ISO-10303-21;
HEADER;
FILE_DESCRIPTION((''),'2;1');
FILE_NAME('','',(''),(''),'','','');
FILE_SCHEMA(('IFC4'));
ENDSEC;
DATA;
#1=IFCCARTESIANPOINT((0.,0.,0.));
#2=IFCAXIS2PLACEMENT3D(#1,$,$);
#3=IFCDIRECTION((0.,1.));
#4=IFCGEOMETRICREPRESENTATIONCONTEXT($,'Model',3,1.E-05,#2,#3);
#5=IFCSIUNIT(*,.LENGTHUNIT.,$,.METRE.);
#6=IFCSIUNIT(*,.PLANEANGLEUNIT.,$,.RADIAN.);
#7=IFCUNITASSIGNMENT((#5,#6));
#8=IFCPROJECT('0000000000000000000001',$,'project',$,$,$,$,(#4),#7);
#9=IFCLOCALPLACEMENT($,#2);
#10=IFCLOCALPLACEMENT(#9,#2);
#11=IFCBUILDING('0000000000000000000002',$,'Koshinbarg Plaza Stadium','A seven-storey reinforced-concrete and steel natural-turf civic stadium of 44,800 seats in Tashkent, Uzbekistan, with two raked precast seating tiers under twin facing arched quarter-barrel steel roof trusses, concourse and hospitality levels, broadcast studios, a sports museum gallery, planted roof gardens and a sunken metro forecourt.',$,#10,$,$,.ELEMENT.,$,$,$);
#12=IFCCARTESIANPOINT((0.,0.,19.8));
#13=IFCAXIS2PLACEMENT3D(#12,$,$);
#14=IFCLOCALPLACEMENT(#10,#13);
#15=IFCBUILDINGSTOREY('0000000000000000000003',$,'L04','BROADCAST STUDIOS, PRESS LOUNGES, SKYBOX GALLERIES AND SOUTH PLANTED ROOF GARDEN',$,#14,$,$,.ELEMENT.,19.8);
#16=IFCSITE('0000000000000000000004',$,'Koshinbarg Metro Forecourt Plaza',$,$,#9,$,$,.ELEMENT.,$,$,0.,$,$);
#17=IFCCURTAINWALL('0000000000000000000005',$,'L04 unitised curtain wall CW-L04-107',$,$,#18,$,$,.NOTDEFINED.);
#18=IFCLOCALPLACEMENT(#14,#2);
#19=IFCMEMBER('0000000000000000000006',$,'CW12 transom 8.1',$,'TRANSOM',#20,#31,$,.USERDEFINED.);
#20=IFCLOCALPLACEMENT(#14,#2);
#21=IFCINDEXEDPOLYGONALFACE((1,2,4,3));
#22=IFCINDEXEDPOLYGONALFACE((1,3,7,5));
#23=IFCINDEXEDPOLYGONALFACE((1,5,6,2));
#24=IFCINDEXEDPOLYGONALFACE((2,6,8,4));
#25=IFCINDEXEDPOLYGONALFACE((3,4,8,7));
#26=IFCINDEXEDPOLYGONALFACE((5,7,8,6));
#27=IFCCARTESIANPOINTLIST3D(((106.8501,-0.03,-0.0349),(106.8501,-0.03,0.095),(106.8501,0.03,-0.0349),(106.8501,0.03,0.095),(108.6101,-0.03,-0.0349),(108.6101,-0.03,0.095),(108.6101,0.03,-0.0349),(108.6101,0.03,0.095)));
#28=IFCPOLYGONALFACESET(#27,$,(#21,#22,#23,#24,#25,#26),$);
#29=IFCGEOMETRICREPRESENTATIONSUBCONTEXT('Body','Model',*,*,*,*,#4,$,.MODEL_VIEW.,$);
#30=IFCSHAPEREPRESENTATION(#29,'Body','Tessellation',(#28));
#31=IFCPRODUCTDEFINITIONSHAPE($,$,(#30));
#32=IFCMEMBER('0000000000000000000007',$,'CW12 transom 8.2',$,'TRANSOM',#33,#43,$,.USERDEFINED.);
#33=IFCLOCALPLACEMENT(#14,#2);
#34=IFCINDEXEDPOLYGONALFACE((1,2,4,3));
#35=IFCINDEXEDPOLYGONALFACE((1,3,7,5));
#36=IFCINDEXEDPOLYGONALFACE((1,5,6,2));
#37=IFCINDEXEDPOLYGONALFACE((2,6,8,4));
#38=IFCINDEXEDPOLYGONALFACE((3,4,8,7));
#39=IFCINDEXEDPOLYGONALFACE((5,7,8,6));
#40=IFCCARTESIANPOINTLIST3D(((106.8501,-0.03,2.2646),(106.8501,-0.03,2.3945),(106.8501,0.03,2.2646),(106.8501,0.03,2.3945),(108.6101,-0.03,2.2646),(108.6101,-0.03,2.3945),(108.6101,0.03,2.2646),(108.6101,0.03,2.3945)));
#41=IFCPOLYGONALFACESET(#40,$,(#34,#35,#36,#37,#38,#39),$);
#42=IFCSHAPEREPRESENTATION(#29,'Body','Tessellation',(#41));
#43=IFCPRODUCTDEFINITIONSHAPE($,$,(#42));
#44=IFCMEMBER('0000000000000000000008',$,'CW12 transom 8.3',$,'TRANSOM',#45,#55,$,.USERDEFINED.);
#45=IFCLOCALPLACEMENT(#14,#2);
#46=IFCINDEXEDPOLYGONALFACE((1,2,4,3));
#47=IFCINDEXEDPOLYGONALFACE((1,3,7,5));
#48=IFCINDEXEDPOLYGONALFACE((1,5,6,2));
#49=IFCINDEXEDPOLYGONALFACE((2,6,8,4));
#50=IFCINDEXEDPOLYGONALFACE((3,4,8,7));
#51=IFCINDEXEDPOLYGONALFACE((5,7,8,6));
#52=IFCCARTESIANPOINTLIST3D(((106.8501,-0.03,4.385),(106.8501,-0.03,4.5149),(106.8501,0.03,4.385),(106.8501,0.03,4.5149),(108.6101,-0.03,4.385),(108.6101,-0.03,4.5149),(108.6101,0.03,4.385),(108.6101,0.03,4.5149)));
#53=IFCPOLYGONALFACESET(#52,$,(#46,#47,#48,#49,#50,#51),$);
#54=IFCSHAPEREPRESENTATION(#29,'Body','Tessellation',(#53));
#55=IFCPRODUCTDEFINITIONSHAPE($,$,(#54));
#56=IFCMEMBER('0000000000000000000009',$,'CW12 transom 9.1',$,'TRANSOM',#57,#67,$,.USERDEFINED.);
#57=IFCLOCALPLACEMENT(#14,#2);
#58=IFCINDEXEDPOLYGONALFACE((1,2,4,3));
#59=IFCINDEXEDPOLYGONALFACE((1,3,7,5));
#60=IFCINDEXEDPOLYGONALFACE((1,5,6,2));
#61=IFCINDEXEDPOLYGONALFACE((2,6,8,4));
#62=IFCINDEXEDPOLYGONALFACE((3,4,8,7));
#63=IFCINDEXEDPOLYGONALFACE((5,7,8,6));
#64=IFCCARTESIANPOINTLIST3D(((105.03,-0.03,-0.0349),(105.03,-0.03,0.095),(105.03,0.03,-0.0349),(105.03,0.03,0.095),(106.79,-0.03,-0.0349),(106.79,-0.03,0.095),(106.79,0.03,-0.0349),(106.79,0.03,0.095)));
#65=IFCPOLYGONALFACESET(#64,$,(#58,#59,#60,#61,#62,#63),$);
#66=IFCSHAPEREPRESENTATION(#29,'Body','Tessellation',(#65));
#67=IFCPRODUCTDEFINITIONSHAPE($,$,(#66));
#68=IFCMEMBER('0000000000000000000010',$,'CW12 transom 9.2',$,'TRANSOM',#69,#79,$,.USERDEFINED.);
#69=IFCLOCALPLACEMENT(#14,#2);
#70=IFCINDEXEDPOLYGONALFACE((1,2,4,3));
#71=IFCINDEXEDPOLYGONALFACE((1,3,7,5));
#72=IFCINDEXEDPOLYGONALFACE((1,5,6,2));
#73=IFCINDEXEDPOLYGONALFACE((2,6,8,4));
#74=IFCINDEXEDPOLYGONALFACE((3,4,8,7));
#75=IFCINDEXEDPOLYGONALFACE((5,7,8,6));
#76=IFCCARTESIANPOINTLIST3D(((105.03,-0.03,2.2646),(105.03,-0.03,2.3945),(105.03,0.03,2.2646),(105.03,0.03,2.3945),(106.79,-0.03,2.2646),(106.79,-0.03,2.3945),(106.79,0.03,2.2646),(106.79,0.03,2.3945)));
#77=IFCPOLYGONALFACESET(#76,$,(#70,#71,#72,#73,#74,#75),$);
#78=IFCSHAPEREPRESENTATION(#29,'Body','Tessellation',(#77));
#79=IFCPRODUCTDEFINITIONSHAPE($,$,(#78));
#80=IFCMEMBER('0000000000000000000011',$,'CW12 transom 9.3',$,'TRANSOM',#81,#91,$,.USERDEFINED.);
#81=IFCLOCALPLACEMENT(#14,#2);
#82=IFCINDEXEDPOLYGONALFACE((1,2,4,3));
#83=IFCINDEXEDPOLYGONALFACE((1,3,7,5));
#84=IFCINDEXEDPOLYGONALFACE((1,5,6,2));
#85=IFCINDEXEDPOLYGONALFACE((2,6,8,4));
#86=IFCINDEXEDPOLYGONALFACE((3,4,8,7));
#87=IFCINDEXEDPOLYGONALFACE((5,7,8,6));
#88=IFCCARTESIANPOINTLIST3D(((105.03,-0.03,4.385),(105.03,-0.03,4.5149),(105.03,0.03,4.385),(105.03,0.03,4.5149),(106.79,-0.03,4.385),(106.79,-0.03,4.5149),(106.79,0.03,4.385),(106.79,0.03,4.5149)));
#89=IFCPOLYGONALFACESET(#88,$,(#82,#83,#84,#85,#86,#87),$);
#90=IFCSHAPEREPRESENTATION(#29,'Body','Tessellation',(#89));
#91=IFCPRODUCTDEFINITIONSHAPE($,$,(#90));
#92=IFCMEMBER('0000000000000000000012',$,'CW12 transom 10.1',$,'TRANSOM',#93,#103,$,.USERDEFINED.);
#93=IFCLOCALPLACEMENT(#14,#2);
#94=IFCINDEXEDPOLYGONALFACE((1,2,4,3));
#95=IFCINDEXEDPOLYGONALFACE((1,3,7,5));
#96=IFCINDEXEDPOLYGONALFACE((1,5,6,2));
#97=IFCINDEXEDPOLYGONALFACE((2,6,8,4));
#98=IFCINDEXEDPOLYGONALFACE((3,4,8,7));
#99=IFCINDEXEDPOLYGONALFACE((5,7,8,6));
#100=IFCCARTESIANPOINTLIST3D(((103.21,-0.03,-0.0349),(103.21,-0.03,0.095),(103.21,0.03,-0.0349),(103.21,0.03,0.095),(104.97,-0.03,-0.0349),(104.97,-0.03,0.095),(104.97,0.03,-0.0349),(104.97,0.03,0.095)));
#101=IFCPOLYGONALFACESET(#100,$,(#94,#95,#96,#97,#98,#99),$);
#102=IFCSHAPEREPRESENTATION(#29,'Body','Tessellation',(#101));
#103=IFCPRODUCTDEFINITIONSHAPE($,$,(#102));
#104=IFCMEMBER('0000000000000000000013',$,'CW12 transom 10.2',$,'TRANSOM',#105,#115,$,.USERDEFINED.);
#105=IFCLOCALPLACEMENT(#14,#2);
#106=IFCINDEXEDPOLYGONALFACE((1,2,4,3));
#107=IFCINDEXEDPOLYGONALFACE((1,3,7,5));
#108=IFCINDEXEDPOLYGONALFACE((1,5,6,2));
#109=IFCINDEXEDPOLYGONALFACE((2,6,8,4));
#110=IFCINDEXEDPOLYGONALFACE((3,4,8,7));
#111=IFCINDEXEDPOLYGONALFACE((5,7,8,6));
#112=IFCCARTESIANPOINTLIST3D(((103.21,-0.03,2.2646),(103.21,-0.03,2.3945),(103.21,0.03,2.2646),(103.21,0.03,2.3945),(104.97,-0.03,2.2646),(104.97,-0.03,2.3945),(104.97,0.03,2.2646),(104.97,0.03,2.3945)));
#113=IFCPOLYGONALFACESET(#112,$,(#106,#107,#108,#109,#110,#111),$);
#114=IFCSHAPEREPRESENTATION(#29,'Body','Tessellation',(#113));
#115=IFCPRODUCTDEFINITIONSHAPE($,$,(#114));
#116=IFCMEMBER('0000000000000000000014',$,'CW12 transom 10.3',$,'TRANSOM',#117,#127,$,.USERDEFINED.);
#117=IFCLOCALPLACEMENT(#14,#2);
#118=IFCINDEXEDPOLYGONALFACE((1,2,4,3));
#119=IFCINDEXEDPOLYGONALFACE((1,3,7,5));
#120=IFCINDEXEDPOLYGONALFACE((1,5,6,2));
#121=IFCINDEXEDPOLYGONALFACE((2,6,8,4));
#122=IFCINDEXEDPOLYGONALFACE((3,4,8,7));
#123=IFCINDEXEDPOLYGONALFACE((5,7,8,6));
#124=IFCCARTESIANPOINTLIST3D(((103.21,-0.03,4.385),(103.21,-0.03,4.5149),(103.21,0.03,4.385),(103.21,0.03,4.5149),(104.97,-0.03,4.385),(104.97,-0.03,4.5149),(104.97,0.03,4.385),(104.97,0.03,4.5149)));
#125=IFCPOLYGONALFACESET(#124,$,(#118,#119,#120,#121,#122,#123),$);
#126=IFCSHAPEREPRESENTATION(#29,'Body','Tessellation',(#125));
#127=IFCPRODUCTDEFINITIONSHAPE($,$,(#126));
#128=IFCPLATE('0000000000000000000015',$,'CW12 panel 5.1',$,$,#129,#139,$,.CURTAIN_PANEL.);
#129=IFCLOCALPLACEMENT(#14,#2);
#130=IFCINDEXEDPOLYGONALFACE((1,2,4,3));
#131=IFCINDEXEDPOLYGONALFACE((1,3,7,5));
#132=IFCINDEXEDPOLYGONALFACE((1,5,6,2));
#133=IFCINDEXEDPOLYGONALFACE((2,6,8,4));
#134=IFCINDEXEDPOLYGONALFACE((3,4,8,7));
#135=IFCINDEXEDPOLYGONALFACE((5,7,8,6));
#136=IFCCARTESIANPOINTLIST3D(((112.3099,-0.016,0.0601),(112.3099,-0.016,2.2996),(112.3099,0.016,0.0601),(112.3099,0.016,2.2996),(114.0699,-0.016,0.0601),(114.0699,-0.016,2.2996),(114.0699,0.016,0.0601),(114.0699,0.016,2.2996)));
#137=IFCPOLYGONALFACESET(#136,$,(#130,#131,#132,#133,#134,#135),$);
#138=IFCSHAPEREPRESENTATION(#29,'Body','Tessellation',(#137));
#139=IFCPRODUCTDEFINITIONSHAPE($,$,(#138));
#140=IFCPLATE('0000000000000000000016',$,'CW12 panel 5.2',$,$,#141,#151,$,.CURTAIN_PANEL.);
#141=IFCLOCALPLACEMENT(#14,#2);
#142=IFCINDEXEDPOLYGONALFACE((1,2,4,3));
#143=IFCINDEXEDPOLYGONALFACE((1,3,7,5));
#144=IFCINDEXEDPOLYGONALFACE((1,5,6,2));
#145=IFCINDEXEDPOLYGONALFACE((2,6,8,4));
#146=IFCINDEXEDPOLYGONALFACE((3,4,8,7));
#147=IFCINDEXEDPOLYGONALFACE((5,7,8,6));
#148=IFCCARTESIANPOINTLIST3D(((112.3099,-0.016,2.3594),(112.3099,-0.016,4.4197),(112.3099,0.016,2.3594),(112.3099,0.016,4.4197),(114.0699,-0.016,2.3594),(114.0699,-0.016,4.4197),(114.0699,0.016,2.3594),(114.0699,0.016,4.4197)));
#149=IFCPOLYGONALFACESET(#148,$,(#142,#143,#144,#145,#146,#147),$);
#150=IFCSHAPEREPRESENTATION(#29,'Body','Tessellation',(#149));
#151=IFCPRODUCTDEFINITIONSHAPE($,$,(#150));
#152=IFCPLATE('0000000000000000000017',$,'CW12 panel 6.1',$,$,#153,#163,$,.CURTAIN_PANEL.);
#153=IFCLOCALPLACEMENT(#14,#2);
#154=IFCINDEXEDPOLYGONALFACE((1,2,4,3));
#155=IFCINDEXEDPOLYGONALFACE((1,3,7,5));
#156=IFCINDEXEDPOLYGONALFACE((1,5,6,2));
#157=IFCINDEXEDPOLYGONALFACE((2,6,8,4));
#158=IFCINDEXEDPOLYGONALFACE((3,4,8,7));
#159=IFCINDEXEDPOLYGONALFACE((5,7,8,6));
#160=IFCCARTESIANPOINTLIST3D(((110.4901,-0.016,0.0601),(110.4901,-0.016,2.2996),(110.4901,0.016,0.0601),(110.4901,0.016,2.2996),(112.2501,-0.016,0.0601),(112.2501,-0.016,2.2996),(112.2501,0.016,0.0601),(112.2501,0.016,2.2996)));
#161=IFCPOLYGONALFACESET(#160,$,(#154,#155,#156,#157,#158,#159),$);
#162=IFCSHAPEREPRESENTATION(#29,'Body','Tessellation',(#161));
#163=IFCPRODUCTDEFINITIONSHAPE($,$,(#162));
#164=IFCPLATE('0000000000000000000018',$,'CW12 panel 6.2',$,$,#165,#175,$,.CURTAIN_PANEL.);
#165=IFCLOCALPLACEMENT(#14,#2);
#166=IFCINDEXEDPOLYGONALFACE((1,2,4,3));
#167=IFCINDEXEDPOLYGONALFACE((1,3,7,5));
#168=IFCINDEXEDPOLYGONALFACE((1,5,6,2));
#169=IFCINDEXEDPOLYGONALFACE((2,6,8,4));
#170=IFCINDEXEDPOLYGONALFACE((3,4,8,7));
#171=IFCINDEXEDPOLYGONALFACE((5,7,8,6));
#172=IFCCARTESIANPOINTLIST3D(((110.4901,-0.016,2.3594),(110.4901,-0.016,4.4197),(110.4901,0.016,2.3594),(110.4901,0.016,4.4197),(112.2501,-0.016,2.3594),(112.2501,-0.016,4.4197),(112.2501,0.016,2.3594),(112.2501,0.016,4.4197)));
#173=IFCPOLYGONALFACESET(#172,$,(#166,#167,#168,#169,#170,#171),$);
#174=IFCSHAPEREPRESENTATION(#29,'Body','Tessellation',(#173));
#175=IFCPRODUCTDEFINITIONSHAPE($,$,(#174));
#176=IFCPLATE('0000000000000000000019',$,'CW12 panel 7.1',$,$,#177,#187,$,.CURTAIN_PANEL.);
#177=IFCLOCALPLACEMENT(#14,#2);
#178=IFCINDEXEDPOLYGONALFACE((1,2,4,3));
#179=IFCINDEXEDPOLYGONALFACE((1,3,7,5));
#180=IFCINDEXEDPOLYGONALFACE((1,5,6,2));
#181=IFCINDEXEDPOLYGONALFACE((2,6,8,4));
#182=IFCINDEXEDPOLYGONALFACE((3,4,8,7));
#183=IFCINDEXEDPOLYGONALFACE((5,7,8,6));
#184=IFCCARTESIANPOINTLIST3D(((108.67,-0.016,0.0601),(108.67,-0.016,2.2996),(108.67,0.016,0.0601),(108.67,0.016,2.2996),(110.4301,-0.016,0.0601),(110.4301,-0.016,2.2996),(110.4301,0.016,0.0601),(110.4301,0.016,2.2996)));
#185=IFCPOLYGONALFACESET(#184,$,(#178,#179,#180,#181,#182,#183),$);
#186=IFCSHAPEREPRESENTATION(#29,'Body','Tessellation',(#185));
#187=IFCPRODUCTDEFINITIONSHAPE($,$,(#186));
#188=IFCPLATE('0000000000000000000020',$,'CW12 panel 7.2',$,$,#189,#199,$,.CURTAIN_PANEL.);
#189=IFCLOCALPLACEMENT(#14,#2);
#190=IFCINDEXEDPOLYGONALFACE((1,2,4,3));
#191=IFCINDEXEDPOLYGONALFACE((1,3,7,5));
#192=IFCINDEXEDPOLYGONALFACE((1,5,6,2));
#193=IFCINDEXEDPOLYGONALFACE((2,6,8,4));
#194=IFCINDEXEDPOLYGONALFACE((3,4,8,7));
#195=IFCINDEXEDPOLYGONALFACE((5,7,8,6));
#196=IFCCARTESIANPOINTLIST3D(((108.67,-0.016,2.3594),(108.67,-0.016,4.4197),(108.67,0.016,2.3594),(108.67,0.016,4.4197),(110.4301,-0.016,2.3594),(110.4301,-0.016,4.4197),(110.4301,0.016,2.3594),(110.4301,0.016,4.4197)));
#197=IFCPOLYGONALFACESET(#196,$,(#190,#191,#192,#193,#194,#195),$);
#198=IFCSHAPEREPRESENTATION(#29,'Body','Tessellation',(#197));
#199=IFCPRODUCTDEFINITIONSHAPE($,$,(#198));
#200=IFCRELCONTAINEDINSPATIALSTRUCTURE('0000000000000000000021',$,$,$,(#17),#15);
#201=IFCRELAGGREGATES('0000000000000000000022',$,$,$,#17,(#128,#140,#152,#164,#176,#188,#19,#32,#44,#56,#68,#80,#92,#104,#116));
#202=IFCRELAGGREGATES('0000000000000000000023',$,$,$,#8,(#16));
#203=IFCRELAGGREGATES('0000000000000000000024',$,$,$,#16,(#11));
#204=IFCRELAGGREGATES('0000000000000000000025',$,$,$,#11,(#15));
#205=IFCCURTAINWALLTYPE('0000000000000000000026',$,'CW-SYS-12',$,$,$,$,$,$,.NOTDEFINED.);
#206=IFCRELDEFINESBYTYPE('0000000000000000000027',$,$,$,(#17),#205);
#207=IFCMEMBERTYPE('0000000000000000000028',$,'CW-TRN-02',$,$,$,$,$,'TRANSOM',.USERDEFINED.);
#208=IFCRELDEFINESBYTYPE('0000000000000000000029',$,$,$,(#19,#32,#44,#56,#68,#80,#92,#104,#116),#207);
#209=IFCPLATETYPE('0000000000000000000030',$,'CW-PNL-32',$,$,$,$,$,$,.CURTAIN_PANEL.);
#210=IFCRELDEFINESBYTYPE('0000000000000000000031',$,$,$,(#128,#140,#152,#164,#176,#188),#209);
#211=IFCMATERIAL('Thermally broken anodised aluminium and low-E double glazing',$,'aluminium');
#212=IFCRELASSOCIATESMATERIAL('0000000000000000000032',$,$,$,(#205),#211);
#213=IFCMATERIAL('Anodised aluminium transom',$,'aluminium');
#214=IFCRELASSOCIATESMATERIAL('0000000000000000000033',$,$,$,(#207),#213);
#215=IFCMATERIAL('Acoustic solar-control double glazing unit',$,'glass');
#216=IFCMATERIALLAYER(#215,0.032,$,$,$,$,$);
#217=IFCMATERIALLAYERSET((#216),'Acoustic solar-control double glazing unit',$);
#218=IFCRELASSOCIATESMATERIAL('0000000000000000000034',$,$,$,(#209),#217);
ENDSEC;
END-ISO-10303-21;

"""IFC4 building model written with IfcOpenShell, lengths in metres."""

from ifc_helpers import new_model, si_unit, direction, frame, origin, origin_2d, place, context, subcontext, project, spatial, rectangle, extrude, material, layer, layer_set, material_profile, profile_set, type_object, element, aggregate, save


model = new_model("IFC4")

# Units and contexts
model_context = context("Model", 3, precision=1e-05, world=origin(), true_north=direction((0.0, 1.0)))
body_context = subcontext(model_context, "Body", "Model", "MODEL_VIEW")
ifc_project = project(units=[si_unit("LENGTHUNIT", "METRE"), si_unit("PLANEANGLEUNIT", "RADIAN")], contexts=[model_context])

# Site, building, storey
site_placement = place(None, origin())
site = spatial("IfcSite", under=ifc_project, at=site_placement, Name="Koshinbarg Metro Forecourt Plaza", CompositionType="ELEMENT", RefElevation=0.0)
building_placement = place(site_placement, origin())
building = spatial("IfcBuilding", under=site, at=building_placement, Name="Koshinbarg Plaza Stadium", Description="A seven-storey reinforced-concrete and steel natural-turf civic stadium of 44,800 seats in Tashkent, Uzbekistan, with two raked precast seating tiers under twin facing arched quarter-barrel steel roof trusses, concourse and hospitality levels, broadcast studios, a sports museum gallery, planted roof gardens and a sunken metro forecourt.", CompositionType="ELEMENT")
storey_placement = place(building_placement, frame((0.0, 0.0, 19.8)))
storey = spatial("IfcBuildingStorey", under=building, at=storey_placement, Name="L04", Description="BROADCAST STUDIOS, PRESS LOUNGES, SKYBOX GALLERIES AND SOUTH PLANTED ROOF GARDEN", CompositionType="ELEMENT", Elevation=19.8)

# Curtain wall, members, plates
ifc_material_1 = material(Name="Thermally broken anodised aluminium and low-E double glazing", Category="aluminium")
curtain_wall_type = type_object("IfcCurtainWallType", Name="CW-SYS-12", PredefinedType="NOTDEFINED", material=ifc_material_1)
curtain_wall_placement = place(storey_placement, origin())
curtain_wall = element("IfcCurtainWall", 1, at=curtain_wall_placement, inside=storey, type_object=curtain_wall_type, Name="L04 unitised curtain wall CW-L04-107", PredefinedType="NOTDEFINED")
ifc_material_2 = material(Name="Anodised aluminium transom", Category="aluminium")
ifc_material_profile_1 = material_profile(ifc_material_2, rectangle(XDim=0.0601, YDim=0.1299, at=origin_2d()), Name="ALU 60x130")
ifc_profile_set_1 = profile_set([ifc_material_profile_1], Name="Anodised aluminium transom")
member_type_1 = type_object("IfcMemberType", Name="CW-TRN-02", ElementType="TRANSOM", PredefinedType="USERDEFINED", material=ifc_profile_set_1)
member_1_placement = place(storey_placement, frame((108.6101, 0.0, 0.03), z_axis=(-1.0, 0.0, 0.0), x_axis=(0.0, -1.0, 0.0)))
member_1 = element("IfcMember", 2, at=member_1_placement, type_object=member_type_1, Name="CW12 transom 8.1", ObjectType="TRANSOM", PredefinedType="USERDEFINED", context=body_context, shape_type="SweptSolid", body=[
    extrude(rectangle(XDim=0.0601, YDim=0.1299, at=origin_2d()), origin(), (0.0, 0.0, 1.0), 1.76),
])
member_2_placement = place(storey_placement, frame((108.6101, 0.0, 2.3296), z_axis=(-1.0, 0.0, 0.0), x_axis=(0.0, -1.0, 0.0)))
member_2 = element("IfcMember", 3, at=member_2_placement, type_object=member_type_1, Name="CW12 transom 8.2", ObjectType="TRANSOM", PredefinedType="USERDEFINED", context=body_context, shape_type="SweptSolid", body=[
    extrude(rectangle(XDim=0.0601, YDim=0.1299, at=origin_2d()), origin(), (0.0, 0.0, 1.0), 1.76),
])
member_3_placement = place(storey_placement, frame((108.6101, 0.0, 4.45), z_axis=(-1.0, 0.0, 0.0), x_axis=(0.0, -1.0, 0.0)))
member_3 = element("IfcMember", 4, at=member_3_placement, type_object=member_type_1, Name="CW12 transom 8.3", ObjectType="TRANSOM", PredefinedType="USERDEFINED", context=body_context, shape_type="SweptSolid", body=[
    extrude(rectangle(XDim=0.0601, YDim=0.1299, at=origin_2d()), origin(), (0.0, 0.0, 1.0), 1.76),
])
member_4_placement = place(storey_placement, frame((106.79, 0.0, 0.03), z_axis=(-1.0, 0.0, 0.0), x_axis=(0.0, -1.0, 0.0)))
member_4 = element("IfcMember", 5, at=member_4_placement, type_object=member_type_1, Name="CW12 transom 9.1", ObjectType="TRANSOM", PredefinedType="USERDEFINED", context=body_context, shape_type="SweptSolid", body=[
    extrude(rectangle(XDim=0.0601, YDim=0.1299, at=origin_2d()), origin(), (0.0, 0.0, 1.0), 1.76),
])
member_5_placement = place(storey_placement, frame((106.79, 0.0, 2.3296), z_axis=(-1.0, 0.0, 0.0), x_axis=(0.0, -1.0, 0.0)))
member_5 = element("IfcMember", 6, at=member_5_placement, type_object=member_type_1, Name="CW12 transom 9.2", ObjectType="TRANSOM", PredefinedType="USERDEFINED", context=body_context, shape_type="SweptSolid", body=[
    extrude(rectangle(XDim=0.0601, YDim=0.1299, at=origin_2d()), origin(), (0.0, 0.0, 1.0), 1.76),
])
member_6_placement = place(storey_placement, frame((106.79, 0.0, 4.45), z_axis=(-1.0, 0.0, 0.0), x_axis=(0.0, -1.0, 0.0)))
member_6 = element("IfcMember", 7, at=member_6_placement, type_object=member_type_1, Name="CW12 transom 9.3", ObjectType="TRANSOM", PredefinedType="USERDEFINED", context=body_context, shape_type="SweptSolid", body=[
    extrude(rectangle(XDim=0.0601, YDim=0.1299, at=origin_2d()), origin(), (0.0, 0.0, 1.0), 1.76),
])
member_7_placement = place(storey_placement, frame((104.97, 0.0, 0.03), z_axis=(-1.0, 0.0, 0.0), x_axis=(0.0, -1.0, 0.0)))
member_7 = element("IfcMember", 8, at=member_7_placement, type_object=member_type_1, Name="CW12 transom 10.1", ObjectType="TRANSOM", PredefinedType="USERDEFINED", context=body_context, shape_type="SweptSolid", body=[
    extrude(rectangle(XDim=0.0601, YDim=0.1299, at=origin_2d()), origin(), (0.0, 0.0, 1.0), 1.76),
])
member_8_placement = place(storey_placement, frame((104.97, 0.0, 2.3296), z_axis=(-1.0, 0.0, 0.0), x_axis=(0.0, -1.0, 0.0)))
member_8 = element("IfcMember", 9, at=member_8_placement, type_object=member_type_1, Name="CW12 transom 10.2", ObjectType="TRANSOM", PredefinedType="USERDEFINED", context=body_context, shape_type="SweptSolid", body=[
    extrude(rectangle(XDim=0.0601, YDim=0.1299, at=origin_2d()), origin(), (0.0, 0.0, 1.0), 1.76),
])
member_9_placement = place(storey_placement, frame((104.97, 0.0, 4.45), z_axis=(-1.0, 0.0, 0.0), x_axis=(0.0, -1.0, 0.0)))
member_9 = element("IfcMember", 10, at=member_9_placement, type_object=member_type_1, Name="CW12 transom 10.3", ObjectType="TRANSOM", PredefinedType="USERDEFINED", context=body_context, shape_type="SweptSolid", body=[
    extrude(rectangle(XDim=0.0601, YDim=0.1299, at=origin_2d()), origin(), (0.0, 0.0, 1.0), 1.76),
])
ifc_material_3 = material(Name="Acoustic solar-control double glazing unit", Category="glass")
ifc_layer_1 = layer(ifc_material_3, 0.032)
ifc_layer_set_1 = layer_set([ifc_layer_1], Name="Acoustic solar-control double glazing unit")
plate_type = type_object("IfcPlateType", Name="CW-PNL-32", PredefinedType="CURTAIN_PANEL", material=ifc_layer_set_1)
plate_1_placement = place(storey_placement, frame((113.1899, 0.0, 0.0601), z_axis=(0.0, 0.0, 1.0), x_axis=(-1.0, 0.0, 0.0)))
plate_1 = element("IfcPlate", 11, at=plate_1_placement, type_object=plate_type, Name="CW12 panel 5.1", PredefinedType="CURTAIN_PANEL", context=body_context, shape_type="SweptSolid", body=[
    extrude(rectangle(XDim=1.76, YDim=0.032, at=origin_2d()), origin(), (0.0, 0.0, 1.0), 2.2395),
])
plate_2_placement = place(storey_placement, frame((113.1899, 0.0, 2.3594), z_axis=(0.0, 0.0, 1.0), x_axis=(-1.0, 0.0, 0.0)))
plate_2 = element("IfcPlate", 12, at=plate_2_placement, type_object=plate_type, Name="CW12 panel 5.2", PredefinedType="CURTAIN_PANEL", context=body_context, shape_type="SweptSolid", body=[
    extrude(rectangle(XDim=1.76, YDim=0.032, at=origin_2d()), origin(), (0.0, 0.0, 1.0), 2.0603),
])
plate_3_placement = place(storey_placement, frame((111.3701, 0.0, 0.0601), z_axis=(0.0, 0.0, 1.0), x_axis=(-1.0, 0.0, 0.0)))
plate_3 = element("IfcPlate", 13, at=plate_3_placement, type_object=plate_type, Name="CW12 panel 6.1", PredefinedType="CURTAIN_PANEL", context=body_context, shape_type="SweptSolid", body=[
    extrude(rectangle(XDim=1.76, YDim=0.032, at=origin_2d()), origin(), (0.0, 0.0, 1.0), 2.2395),
])
plate_4_placement = place(storey_placement, frame((111.3701, 0.0, 2.3594), z_axis=(0.0, 0.0, 1.0), x_axis=(-1.0, 0.0, 0.0)))
plate_4 = element("IfcPlate", 14, at=plate_4_placement, type_object=plate_type, Name="CW12 panel 6.2", PredefinedType="CURTAIN_PANEL", context=body_context, shape_type="SweptSolid", body=[
    extrude(rectangle(XDim=1.76, YDim=0.032, at=origin_2d()), origin(), (0.0, 0.0, 1.0), 2.0603),
])
plate_5_placement = place(storey_placement, frame((109.55, 0.0, 0.0601), z_axis=(0.0, 0.0, 1.0), x_axis=(-1.0, 0.0, 0.0)))
plate_5 = element("IfcPlate", 15, at=plate_5_placement, type_object=plate_type, Name="CW12 panel 7.1", PredefinedType="CURTAIN_PANEL", context=body_context, shape_type="SweptSolid", body=[
    extrude(rectangle(XDim=1.76, YDim=0.032, at=origin_2d()), origin(), (0.0, 0.0, 1.0), 2.2395),
])
plate_6_placement = place(storey_placement, frame((109.55, 0.0, 2.3594), z_axis=(0.0, 0.0, 1.0), x_axis=(-1.0, 0.0, 0.0)))
plate_6 = element("IfcPlate", 16, at=plate_6_placement, type_object=plate_type, Name="CW12 panel 7.2", PredefinedType="CURTAIN_PANEL", context=body_context, shape_type="SweptSolid", body=[
    extrude(rectangle(XDim=1.76, YDim=0.032, at=origin_2d()), origin(), (0.0, 0.0, 1.0), 2.0603),
])
aggregate(curtain_wall, [plate_1, plate_2, plate_3, plate_4, plate_5, plate_6, member_1, member_2, member_3, member_4, member_5, member_6, member_7, member_8, member_9])

save(model, "model.ifc")
